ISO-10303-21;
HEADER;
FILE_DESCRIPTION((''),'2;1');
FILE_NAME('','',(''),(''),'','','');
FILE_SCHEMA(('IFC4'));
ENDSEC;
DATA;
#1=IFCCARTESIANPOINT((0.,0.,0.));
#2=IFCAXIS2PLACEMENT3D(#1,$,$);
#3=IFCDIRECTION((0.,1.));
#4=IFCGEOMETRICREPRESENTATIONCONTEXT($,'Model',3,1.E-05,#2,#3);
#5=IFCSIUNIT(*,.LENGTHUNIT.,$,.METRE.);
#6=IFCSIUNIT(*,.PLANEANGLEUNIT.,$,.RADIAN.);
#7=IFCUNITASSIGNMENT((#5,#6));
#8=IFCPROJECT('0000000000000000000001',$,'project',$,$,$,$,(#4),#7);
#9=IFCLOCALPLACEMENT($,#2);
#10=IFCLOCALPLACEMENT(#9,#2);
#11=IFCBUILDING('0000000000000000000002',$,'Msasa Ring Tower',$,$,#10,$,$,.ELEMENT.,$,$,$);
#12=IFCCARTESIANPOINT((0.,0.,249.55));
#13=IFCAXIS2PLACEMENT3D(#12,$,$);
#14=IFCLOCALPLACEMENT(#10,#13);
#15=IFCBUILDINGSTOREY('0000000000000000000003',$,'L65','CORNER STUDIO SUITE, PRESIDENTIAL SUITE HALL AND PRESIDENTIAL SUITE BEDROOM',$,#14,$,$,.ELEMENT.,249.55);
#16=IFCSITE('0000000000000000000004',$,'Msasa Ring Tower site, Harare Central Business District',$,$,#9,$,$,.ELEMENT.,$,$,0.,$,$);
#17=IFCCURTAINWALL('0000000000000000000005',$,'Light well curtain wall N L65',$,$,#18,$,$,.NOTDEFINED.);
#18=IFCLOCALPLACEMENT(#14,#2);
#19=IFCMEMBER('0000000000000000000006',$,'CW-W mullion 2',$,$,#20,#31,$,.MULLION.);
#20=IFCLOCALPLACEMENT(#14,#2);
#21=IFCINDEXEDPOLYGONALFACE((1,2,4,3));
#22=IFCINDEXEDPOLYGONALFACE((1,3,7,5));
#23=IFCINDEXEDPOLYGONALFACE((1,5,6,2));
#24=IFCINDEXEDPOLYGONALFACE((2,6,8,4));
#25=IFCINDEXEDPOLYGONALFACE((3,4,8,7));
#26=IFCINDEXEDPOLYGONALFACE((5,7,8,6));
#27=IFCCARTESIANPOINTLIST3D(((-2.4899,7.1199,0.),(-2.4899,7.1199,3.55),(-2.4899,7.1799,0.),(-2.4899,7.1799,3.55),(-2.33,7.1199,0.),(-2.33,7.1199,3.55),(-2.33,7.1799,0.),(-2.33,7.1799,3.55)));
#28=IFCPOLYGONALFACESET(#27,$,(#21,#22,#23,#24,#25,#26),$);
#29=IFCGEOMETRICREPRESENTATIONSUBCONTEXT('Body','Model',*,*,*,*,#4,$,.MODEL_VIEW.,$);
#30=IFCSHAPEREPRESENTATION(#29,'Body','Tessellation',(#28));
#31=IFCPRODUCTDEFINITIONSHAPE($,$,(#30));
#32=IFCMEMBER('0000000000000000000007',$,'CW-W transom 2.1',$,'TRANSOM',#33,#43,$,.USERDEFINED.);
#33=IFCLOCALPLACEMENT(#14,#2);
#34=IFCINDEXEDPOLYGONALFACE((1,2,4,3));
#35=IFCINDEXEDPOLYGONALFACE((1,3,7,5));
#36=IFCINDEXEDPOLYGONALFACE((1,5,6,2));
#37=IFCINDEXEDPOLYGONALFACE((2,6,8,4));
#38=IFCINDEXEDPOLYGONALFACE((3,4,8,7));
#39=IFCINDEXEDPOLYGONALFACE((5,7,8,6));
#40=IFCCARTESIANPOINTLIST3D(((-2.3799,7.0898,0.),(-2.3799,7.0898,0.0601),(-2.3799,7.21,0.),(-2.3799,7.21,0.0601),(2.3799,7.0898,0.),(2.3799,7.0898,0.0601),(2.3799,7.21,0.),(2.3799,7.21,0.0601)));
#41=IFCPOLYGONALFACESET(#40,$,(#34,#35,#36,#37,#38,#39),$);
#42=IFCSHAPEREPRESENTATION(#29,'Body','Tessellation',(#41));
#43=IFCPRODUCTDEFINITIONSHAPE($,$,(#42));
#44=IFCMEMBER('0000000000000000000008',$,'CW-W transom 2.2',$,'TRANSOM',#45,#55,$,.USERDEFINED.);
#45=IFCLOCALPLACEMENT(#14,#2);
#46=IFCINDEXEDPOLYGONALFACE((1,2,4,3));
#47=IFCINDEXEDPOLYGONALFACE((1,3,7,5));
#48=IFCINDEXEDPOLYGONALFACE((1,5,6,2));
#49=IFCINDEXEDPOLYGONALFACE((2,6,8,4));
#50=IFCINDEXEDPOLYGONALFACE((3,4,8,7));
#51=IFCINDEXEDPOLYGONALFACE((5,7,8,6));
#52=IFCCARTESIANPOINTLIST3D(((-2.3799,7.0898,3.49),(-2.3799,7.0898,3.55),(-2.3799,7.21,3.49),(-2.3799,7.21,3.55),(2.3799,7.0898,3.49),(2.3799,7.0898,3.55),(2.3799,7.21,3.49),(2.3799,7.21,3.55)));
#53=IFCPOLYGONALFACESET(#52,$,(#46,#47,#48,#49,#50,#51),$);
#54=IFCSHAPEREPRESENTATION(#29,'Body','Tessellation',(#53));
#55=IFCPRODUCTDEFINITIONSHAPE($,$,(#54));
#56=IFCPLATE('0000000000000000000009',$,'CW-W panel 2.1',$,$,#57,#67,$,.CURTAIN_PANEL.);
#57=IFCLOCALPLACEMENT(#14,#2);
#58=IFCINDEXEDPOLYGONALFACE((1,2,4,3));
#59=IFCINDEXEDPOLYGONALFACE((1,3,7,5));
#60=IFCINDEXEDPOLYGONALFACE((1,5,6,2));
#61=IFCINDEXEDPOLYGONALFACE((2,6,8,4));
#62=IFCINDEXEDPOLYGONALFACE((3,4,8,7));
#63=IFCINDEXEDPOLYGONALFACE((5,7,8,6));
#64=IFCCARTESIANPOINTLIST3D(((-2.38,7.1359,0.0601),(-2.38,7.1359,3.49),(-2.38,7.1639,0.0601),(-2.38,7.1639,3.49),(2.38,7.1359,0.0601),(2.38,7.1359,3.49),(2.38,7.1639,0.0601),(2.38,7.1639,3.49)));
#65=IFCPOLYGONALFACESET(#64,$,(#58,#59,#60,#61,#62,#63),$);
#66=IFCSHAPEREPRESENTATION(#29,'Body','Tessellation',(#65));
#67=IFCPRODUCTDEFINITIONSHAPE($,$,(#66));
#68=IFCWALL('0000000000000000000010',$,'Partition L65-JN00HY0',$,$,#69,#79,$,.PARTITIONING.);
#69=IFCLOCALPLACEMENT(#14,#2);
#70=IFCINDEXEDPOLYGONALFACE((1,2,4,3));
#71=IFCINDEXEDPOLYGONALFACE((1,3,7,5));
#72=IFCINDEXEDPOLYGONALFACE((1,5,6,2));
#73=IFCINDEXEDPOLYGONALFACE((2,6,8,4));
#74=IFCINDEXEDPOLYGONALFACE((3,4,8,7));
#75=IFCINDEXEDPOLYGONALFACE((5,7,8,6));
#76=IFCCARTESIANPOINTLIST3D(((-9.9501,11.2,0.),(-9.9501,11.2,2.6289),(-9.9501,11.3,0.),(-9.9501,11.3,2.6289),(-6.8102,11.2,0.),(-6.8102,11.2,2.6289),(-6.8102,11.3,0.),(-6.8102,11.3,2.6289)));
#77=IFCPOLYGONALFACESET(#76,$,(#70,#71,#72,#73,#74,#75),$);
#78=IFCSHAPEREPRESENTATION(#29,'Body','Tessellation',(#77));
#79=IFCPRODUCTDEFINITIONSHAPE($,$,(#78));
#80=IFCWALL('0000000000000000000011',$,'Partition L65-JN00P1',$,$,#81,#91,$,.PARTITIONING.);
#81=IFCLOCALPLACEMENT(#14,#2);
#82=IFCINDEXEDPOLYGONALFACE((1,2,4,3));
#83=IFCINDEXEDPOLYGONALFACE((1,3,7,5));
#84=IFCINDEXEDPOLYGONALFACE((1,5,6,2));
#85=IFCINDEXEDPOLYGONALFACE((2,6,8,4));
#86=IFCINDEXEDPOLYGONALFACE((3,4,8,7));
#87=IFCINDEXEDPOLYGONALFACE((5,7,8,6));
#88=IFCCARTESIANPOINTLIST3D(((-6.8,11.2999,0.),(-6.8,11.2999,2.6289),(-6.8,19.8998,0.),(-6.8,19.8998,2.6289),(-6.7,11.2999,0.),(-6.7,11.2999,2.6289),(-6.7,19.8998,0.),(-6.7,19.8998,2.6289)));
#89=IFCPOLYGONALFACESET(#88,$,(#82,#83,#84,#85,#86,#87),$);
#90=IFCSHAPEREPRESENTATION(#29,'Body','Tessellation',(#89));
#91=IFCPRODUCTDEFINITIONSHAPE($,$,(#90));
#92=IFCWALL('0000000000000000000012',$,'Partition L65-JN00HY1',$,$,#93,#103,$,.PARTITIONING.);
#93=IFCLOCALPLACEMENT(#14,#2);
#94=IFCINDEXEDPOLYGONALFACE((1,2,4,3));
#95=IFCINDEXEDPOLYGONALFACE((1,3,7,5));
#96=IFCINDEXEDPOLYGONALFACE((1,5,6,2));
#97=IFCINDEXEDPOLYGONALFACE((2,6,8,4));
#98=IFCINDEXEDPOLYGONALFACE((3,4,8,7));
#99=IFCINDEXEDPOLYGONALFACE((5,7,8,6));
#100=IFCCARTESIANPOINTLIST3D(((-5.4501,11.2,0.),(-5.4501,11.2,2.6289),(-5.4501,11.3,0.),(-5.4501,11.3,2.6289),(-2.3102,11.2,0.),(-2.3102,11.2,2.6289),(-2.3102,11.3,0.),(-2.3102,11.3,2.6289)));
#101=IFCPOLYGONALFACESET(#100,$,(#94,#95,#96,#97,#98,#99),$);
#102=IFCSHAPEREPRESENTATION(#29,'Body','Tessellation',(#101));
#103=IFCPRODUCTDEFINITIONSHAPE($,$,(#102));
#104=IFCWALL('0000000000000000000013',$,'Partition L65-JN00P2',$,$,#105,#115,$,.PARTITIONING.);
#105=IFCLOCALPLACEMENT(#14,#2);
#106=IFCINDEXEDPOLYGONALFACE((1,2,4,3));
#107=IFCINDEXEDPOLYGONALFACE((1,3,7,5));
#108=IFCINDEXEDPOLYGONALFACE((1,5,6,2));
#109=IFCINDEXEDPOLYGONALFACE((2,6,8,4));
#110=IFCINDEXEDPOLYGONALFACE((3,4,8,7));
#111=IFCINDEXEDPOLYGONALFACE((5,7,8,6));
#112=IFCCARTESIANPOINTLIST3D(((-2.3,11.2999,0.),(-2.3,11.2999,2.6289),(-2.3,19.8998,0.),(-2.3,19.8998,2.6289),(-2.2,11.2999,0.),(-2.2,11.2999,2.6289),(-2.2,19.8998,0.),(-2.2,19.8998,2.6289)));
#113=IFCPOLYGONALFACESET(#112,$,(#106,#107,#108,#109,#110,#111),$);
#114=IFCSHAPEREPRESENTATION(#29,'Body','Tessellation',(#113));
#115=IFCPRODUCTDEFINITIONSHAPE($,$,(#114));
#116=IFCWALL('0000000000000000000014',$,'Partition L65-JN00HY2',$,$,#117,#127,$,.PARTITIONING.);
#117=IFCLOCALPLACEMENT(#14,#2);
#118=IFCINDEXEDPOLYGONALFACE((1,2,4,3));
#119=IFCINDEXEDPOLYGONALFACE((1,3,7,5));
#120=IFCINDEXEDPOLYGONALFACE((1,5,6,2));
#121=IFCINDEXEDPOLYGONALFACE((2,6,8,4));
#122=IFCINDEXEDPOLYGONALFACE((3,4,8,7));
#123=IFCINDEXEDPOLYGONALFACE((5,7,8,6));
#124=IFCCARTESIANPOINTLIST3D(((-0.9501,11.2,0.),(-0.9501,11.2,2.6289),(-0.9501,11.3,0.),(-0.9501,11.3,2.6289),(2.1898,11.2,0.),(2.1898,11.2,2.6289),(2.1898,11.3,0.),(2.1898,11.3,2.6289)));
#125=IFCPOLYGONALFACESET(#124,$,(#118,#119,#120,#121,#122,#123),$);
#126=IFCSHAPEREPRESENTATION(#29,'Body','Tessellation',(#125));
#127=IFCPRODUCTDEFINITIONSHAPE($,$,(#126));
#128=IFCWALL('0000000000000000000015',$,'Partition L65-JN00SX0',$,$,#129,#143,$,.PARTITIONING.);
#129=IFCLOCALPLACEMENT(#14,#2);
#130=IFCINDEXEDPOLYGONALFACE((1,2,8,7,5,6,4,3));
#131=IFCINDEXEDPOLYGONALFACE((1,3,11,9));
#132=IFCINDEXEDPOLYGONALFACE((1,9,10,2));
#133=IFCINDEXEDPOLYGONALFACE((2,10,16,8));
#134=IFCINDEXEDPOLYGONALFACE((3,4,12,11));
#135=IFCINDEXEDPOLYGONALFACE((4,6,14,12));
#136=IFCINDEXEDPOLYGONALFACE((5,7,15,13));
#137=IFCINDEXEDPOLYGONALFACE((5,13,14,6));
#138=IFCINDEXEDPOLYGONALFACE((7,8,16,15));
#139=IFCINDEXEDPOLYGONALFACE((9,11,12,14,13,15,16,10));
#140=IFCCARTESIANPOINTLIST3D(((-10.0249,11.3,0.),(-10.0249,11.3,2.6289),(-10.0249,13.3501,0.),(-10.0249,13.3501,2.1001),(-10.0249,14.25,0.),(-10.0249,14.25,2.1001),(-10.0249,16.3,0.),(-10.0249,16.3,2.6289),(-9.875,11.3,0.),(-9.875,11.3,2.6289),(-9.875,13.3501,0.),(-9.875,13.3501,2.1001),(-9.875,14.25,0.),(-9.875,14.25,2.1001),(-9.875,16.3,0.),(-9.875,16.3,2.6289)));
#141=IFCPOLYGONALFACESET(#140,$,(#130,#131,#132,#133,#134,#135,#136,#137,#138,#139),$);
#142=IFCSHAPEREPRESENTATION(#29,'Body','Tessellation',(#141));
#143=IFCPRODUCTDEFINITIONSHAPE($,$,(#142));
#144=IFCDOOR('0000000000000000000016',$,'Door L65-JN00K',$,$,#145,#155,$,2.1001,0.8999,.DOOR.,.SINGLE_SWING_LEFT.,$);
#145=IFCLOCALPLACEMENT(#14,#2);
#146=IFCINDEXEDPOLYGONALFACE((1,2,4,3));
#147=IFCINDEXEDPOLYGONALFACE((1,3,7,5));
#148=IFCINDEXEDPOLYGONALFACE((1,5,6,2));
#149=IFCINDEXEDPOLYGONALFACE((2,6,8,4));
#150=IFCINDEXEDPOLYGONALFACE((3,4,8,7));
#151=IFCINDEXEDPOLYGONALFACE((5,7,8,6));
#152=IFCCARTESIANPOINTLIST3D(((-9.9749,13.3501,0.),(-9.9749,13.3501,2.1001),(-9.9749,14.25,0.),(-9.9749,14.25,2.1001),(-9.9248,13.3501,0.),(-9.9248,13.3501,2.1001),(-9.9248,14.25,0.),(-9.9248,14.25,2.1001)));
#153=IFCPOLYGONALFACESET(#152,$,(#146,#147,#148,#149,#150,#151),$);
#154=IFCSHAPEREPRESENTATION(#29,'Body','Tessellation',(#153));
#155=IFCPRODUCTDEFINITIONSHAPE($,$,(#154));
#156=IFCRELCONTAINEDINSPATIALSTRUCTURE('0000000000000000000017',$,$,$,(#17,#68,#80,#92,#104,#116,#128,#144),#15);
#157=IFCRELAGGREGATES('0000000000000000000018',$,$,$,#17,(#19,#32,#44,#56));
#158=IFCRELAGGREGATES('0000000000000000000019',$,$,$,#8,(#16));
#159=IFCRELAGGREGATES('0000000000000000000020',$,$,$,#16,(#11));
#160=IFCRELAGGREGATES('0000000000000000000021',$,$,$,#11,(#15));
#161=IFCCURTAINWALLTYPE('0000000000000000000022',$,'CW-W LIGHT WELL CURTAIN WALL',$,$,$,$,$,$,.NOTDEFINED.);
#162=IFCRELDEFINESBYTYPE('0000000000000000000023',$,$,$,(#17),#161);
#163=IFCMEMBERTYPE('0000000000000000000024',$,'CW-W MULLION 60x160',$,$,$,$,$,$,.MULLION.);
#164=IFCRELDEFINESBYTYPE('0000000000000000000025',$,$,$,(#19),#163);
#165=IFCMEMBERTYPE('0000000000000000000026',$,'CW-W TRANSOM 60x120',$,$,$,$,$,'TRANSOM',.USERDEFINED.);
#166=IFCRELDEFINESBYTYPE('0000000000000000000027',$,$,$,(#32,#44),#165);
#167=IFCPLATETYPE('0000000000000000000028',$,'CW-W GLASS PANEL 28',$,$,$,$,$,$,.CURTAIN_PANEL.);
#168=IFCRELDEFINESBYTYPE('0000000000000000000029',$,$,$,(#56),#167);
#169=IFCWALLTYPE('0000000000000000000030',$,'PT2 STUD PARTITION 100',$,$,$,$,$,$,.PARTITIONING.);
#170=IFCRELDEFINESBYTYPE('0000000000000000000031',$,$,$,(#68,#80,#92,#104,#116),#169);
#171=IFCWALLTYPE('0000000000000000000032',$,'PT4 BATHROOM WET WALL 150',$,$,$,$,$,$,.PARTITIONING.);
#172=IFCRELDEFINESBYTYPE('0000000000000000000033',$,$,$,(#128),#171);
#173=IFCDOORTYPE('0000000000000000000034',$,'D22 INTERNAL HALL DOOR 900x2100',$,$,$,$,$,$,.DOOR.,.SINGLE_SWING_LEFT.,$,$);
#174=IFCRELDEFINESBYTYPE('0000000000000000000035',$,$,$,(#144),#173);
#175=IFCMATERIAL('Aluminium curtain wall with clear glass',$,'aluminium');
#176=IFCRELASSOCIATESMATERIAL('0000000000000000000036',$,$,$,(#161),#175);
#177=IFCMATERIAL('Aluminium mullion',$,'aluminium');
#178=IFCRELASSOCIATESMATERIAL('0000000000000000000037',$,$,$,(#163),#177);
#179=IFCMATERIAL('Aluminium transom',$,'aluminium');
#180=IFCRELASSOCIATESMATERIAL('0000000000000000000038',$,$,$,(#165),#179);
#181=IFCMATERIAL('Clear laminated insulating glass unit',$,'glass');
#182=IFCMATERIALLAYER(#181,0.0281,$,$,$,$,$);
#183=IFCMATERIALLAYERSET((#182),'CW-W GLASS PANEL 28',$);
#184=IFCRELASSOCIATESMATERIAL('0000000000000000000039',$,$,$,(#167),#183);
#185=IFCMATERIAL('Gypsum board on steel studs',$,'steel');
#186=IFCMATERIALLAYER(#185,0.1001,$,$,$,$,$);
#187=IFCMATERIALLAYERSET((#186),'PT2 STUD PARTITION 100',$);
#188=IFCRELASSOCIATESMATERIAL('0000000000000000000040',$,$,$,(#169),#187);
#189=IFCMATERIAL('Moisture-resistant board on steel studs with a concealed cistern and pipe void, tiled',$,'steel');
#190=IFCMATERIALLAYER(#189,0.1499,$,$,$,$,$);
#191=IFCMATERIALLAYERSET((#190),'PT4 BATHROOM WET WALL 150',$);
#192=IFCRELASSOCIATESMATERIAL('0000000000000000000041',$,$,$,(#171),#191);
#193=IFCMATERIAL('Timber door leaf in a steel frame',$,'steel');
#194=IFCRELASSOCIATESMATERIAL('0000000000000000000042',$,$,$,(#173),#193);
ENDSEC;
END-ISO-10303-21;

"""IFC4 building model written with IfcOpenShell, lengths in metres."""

from ifc_helpers import new_model, si_unit, direction, frame, frame_2d, origin, origin_2d, place, context, subcontext, project, spatial, rectangle, extrude, material, layer, layer_set, material_profile, profile_set, type_object, element, fill, aggregate, save


model = new_model("IFC4")

# Units and contexts
model_context = context("Model", 3, precision=1e-05, world=origin(), true_north=direction((0.0, 1.0)))
body_context = subcontext(model_context, "Body", "Model", "MODEL_VIEW")
ifc_project = project(units=[si_unit("LENGTHUNIT", "METRE"), si_unit("PLANEANGLEUNIT", "RADIAN")], contexts=[model_context])

# Site, building, storey
site_placement = place(None, origin())
site = spatial("IfcSite", under=ifc_project, at=site_placement, Name="Msasa Ring Tower site, Harare Central Business District", CompositionType="ELEMENT", RefElevation=0.0)
building_placement = place(site_placement, origin())
building = spatial("IfcBuilding", under=site, at=building_placement, Name="Msasa Ring Tower", CompositionType="ELEMENT")
storey_placement = place(building_placement, frame((0.0, 0.0, 249.55)))
storey = spatial("IfcBuildingStorey", under=building, at=storey_placement, Name="L65", Description="CORNER STUDIO SUITE, PRESIDENTIAL SUITE HALL AND PRESIDENTIAL SUITE BEDROOM", CompositionType="ELEMENT", Elevation=249.55)

# Curtain wall, members, plate
ifc_material_1 = material(Name="Aluminium curtain wall with clear glass", Category="aluminium")
curtain_wall_type = type_object("IfcCurtainWallType", Name="CW-W LIGHT WELL CURTAIN WALL", PredefinedType="NOTDEFINED", material=ifc_material_1)
curtain_wall_placement = place(storey_placement, origin())
curtain_wall = element("IfcCurtainWall", 1, at=curtain_wall_placement, inside=storey, type_object=curtain_wall_type, Name="Light well curtain wall N L65", PredefinedType="NOTDEFINED")
ifc_material_2 = material(Name="Aluminium mullion", Category="aluminium")
ifc_material_profile_1 = material_profile(ifc_material_2, rectangle(XDim=0.0601, YDim=0.1599, at=origin_2d()), Name="AL 60x160")
ifc_profile_set_1 = profile_set([ifc_material_profile_1], Name="Aluminium mullion")
member_type_1 = type_object("IfcMemberType", Name="CW-W MULLION 60x160", PredefinedType="MULLION", material=ifc_profile_set_1)
member_1_placement = place(storey_placement, frame((-2.4099, 7.1499, 0.0), z_axis=(0.0, 0.0, 1.0), x_axis=(0.0, 1.0, 0.0)))
member_1 = element("IfcMember", 2, at=member_1_placement, type_object=member_type_1, Name="CW-W mullion 2", PredefinedType="MULLION", context=body_context, shape_type="SweptSolid", body=[
    extrude(rectangle(XDim=0.0601, YDim=0.1599, at=origin_2d()), origin(), (0.0, 0.0, 1.0), 3.55),
])
ifc_material_3 = material(Name="Aluminium transom", Category="aluminium")
ifc_material_profile_2 = material_profile(ifc_material_3, rectangle(XDim=0.1201, YDim=0.0601, at=origin_2d()), Name="AL 60x120")
ifc_profile_set_2 = profile_set([ifc_material_profile_2], Name="Aluminium transom")
member_type_2 = type_object("IfcMemberType", Name="CW-W TRANSOM 60x120", ElementType="TRANSOM", PredefinedType="USERDEFINED", material=ifc_profile_set_2)
member_2_placement = place(storey_placement, frame((-2.3799, 7.1499, 0.03), z_axis=(1.0, 0.0, 0.0), x_axis=(0.0, 1.0, 0.0)))
member_2 = element("IfcMember", 3, at=member_2_placement, type_object=member_type_2, Name="CW-W transom 2.1", ObjectType="TRANSOM", PredefinedType="USERDEFINED", context=body_context, shape_type="SweptSolid", body=[
    extrude(rectangle(XDim=0.1201, YDim=0.0601, at=origin_2d()), origin(), (0.0, 0.0, 1.0), 4.7598),
])
member_3_placement = place(storey_placement, frame((-2.3799, 7.1499, 3.52), z_axis=(1.0, 0.0, 0.0), x_axis=(0.0, 1.0, 0.0)))
member_3 = element("IfcMember", 4, at=member_3_placement, type_object=member_type_2, Name="CW-W transom 2.2", ObjectType="TRANSOM", PredefinedType="USERDEFINED", context=body_context, shape_type="SweptSolid", body=[
    extrude(rectangle(XDim=0.1201, YDim=0.0601, at=origin_2d()), origin(), (0.0, 0.0, 1.0), 4.7598),
])
ifc_material_4 = material(Name="Clear laminated insulating glass unit", Category="glass")
ifc_layer_1 = layer(ifc_material_4, 0.0281)
ifc_layer_set_1 = layer_set([ifc_layer_1], Name="CW-W GLASS PANEL 28")
plate_type = type_object("IfcPlateType", Name="CW-W GLASS PANEL 28", PredefinedType="CURTAIN_PANEL", material=ifc_layer_set_1)
plate_placement = place(storey_placement, frame((0.0, 7.1499, 0.0601), z_axis=(0.0, 0.0, 1.0), x_axis=(1.0, 0.0, 0.0)))
plate = element("IfcPlate", 5, at=plate_placement, type_object=plate_type, Name="CW-W panel 2.1", PredefinedType="CURTAIN_PANEL", context=body_context, shape_type="SweptSolid", body=[
    extrude(rectangle(XDim=4.76, YDim=0.0281, at=origin_2d()), origin(), (0.0, 0.0, 1.0), 3.4299),
])
aggregate(curtain_wall, [member_1, member_2, member_3, plate])

# Walls
ifc_material_5 = material(Name="Gypsum board on steel studs", Category="steel")
ifc_layer_2 = layer(ifc_material_5, 0.1001)
ifc_layer_set_2 = layer_set([ifc_layer_2], Name="PT2 STUD PARTITION 100")
wall_type_1 = type_object("IfcWallType", Name="PT2 STUD PARTITION 100", PredefinedType="PARTITIONING", material=ifc_layer_set_2)
wall_1_placement = place(storey_placement, frame((-9.95, 11.25, 0.0), z_axis=(0.0, 0.0, 1.0), x_axis=(1.0, 0.0, 0.0)))
element("IfcWall", 6, at=wall_1_placement, inside=storey, type_object=wall_type_1, Name="Partition L65-JN00HY0", PredefinedType="PARTITIONING", context=body_context, shape_type="SweptSolid", body=[
    extrude(rectangle(XDim=3.1399, YDim=0.1001, at=frame_2d((1.5698, 0.0))), origin(), (0.0, 0.0, 1.0), 2.6289),
])
wall_2_placement = place(storey_placement, frame((-6.75, 11.3, 0.0), z_axis=(0.0, 0.0, 1.0), x_axis=(0.0, 1.0, 0.0)))
element("IfcWall", 7, at=wall_2_placement, inside=storey, type_object=wall_type_1, Name="Partition L65-JN00P1", PredefinedType="PARTITIONING", context=body_context, shape_type="SweptSolid", body=[
    extrude(rectangle(XDim=8.5999, YDim=0.1001, at=frame_2d((4.2998, 0.0))), origin(), (0.0, 0.0, 1.0), 2.6289),
])
wall_3_placement = place(storey_placement, frame((-5.45, 11.25, 0.0), z_axis=(0.0, 0.0, 1.0), x_axis=(1.0, 0.0, 0.0)))
element("IfcWall", 8, at=wall_3_placement, inside=storey, type_object=wall_type_1, Name="Partition L65-JN00HY1", PredefinedType="PARTITIONING", context=body_context, shape_type="SweptSolid", body=[
    extrude(rectangle(XDim=3.1399, YDim=0.1001, at=frame_2d((1.5698, 0.0))), origin(), (0.0, 0.0, 1.0), 2.6289),
])
wall_4_placement = place(storey_placement, frame((-2.25, 11.3, 0.0), z_axis=(0.0, 0.0, 1.0), x_axis=(0.0, 1.0, 0.0)))
element("IfcWall", 9, at=wall_4_placement, inside=storey, type_object=wall_type_1, Name="Partition L65-JN00P2", PredefinedType="PARTITIONING", context=body_context, shape_type="SweptSolid", body=[
    extrude(rectangle(XDim=8.5999, YDim=0.1001, at=frame_2d((4.2998, 0.0))), origin(), (0.0, 0.0, 1.0), 2.6289),
])
wall_5_placement = place(storey_placement, frame((-0.95, 11.25, 0.0), z_axis=(0.0, 0.0, 1.0), x_axis=(1.0, 0.0, 0.0)))
element("IfcWall", 10, at=wall_5_placement, inside=storey, type_object=wall_type_1, Name="Partition L65-JN00HY2", PredefinedType="PARTITIONING", context=body_context, shape_type="SweptSolid", body=[
    extrude(rectangle(XDim=3.1399, YDim=0.1001, at=frame_2d((1.5698, 0.0))), origin(), (0.0, 0.0, 1.0), 2.6289),
])

# Wall, opening, door
ifc_material_6 = material(Name="Moisture-resistant board on steel studs with a concealed cistern and pipe void, tiled", Category="steel")
ifc_layer_3 = layer(ifc_material_6, 0.1499)
ifc_layer_set_3 = layer_set([ifc_layer_3], Name="PT4 BATHROOM WET WALL 150")
wall_type_2 = type_object("IfcWallType", Name="PT4 BATHROOM WET WALL 150", PredefinedType="PARTITIONING", material=ifc_layer_set_3)
wall_6_placement = place(storey_placement, frame((-9.95, 11.3, 0.0), z_axis=(0.0, 0.0, 1.0), x_axis=(0.0, 1.0, 0.0)))
wall_6 = element("IfcWall", 11, at=wall_6_placement, inside=storey, type_object=wall_type_2, Name="Partition L65-JN00SX0", PredefinedType="PARTITIONING", context=body_context, shape_type="SweptSolid", body=[
    extrude(rectangle(XDim=5.0, YDim=0.1499, at=frame_2d((2.5, 0.0))), origin(), (0.0, 0.0, 1.0), 2.6289),
])
opening_1_placement = place(wall_6_placement, frame((2.05, 0.0, 0.0)))
opening_1 = element("IfcOpeningElement", 12, at=opening_1_placement, cuts=wall_6, PredefinedType="OPENING", context=body_context, shape_type="SweptSolid", body=[
    extrude(rectangle(XDim=0.8999, YDim=2.1001, at=frame_2d((0.45, 1.05))), frame((0.0, 0.085, 0.0), z_axis=(0.0, -1.0, 0.0), x_axis=(1.0, 0.0, 0.0)), (0.0, 0.0, 1.0), 0.1699),
])
ifc_material_7 = material(Name="Timber door leaf in a steel frame", Category="steel")
door_type_1 = type_object("IfcDoorType", Name="D22 INTERNAL HALL DOOR 900x2100", OperationType="SINGLE_SWING_LEFT", PredefinedType="DOOR", material=ifc_material_7)
door_1_placement = place(opening_1_placement, origin())
door_1 = element("IfcDoor", 13, at=door_1_placement, inside=storey, type_object=door_type_1, Name="Door L65-JN00K", OperationType="SINGLE_SWING_LEFT", OverallHeight=2.1001, OverallWidth=0.8999, PredefinedType="DOOR", context=body_context, shape_type="SweptSolid", body=[
    extrude(rectangle(XDim=0.8999, YDim=2.1001, at=frame_2d((0.45, 1.05))), frame((0.0, 0.0249, 0.0), z_axis=(0.0, -1.0, 0.0), x_axis=(1.0, 0.0, 0.0)), (0.0, 0.0, 1.0), 0.05),
])
fill(opening_1, door_1)

save(model, "model.ifc")
